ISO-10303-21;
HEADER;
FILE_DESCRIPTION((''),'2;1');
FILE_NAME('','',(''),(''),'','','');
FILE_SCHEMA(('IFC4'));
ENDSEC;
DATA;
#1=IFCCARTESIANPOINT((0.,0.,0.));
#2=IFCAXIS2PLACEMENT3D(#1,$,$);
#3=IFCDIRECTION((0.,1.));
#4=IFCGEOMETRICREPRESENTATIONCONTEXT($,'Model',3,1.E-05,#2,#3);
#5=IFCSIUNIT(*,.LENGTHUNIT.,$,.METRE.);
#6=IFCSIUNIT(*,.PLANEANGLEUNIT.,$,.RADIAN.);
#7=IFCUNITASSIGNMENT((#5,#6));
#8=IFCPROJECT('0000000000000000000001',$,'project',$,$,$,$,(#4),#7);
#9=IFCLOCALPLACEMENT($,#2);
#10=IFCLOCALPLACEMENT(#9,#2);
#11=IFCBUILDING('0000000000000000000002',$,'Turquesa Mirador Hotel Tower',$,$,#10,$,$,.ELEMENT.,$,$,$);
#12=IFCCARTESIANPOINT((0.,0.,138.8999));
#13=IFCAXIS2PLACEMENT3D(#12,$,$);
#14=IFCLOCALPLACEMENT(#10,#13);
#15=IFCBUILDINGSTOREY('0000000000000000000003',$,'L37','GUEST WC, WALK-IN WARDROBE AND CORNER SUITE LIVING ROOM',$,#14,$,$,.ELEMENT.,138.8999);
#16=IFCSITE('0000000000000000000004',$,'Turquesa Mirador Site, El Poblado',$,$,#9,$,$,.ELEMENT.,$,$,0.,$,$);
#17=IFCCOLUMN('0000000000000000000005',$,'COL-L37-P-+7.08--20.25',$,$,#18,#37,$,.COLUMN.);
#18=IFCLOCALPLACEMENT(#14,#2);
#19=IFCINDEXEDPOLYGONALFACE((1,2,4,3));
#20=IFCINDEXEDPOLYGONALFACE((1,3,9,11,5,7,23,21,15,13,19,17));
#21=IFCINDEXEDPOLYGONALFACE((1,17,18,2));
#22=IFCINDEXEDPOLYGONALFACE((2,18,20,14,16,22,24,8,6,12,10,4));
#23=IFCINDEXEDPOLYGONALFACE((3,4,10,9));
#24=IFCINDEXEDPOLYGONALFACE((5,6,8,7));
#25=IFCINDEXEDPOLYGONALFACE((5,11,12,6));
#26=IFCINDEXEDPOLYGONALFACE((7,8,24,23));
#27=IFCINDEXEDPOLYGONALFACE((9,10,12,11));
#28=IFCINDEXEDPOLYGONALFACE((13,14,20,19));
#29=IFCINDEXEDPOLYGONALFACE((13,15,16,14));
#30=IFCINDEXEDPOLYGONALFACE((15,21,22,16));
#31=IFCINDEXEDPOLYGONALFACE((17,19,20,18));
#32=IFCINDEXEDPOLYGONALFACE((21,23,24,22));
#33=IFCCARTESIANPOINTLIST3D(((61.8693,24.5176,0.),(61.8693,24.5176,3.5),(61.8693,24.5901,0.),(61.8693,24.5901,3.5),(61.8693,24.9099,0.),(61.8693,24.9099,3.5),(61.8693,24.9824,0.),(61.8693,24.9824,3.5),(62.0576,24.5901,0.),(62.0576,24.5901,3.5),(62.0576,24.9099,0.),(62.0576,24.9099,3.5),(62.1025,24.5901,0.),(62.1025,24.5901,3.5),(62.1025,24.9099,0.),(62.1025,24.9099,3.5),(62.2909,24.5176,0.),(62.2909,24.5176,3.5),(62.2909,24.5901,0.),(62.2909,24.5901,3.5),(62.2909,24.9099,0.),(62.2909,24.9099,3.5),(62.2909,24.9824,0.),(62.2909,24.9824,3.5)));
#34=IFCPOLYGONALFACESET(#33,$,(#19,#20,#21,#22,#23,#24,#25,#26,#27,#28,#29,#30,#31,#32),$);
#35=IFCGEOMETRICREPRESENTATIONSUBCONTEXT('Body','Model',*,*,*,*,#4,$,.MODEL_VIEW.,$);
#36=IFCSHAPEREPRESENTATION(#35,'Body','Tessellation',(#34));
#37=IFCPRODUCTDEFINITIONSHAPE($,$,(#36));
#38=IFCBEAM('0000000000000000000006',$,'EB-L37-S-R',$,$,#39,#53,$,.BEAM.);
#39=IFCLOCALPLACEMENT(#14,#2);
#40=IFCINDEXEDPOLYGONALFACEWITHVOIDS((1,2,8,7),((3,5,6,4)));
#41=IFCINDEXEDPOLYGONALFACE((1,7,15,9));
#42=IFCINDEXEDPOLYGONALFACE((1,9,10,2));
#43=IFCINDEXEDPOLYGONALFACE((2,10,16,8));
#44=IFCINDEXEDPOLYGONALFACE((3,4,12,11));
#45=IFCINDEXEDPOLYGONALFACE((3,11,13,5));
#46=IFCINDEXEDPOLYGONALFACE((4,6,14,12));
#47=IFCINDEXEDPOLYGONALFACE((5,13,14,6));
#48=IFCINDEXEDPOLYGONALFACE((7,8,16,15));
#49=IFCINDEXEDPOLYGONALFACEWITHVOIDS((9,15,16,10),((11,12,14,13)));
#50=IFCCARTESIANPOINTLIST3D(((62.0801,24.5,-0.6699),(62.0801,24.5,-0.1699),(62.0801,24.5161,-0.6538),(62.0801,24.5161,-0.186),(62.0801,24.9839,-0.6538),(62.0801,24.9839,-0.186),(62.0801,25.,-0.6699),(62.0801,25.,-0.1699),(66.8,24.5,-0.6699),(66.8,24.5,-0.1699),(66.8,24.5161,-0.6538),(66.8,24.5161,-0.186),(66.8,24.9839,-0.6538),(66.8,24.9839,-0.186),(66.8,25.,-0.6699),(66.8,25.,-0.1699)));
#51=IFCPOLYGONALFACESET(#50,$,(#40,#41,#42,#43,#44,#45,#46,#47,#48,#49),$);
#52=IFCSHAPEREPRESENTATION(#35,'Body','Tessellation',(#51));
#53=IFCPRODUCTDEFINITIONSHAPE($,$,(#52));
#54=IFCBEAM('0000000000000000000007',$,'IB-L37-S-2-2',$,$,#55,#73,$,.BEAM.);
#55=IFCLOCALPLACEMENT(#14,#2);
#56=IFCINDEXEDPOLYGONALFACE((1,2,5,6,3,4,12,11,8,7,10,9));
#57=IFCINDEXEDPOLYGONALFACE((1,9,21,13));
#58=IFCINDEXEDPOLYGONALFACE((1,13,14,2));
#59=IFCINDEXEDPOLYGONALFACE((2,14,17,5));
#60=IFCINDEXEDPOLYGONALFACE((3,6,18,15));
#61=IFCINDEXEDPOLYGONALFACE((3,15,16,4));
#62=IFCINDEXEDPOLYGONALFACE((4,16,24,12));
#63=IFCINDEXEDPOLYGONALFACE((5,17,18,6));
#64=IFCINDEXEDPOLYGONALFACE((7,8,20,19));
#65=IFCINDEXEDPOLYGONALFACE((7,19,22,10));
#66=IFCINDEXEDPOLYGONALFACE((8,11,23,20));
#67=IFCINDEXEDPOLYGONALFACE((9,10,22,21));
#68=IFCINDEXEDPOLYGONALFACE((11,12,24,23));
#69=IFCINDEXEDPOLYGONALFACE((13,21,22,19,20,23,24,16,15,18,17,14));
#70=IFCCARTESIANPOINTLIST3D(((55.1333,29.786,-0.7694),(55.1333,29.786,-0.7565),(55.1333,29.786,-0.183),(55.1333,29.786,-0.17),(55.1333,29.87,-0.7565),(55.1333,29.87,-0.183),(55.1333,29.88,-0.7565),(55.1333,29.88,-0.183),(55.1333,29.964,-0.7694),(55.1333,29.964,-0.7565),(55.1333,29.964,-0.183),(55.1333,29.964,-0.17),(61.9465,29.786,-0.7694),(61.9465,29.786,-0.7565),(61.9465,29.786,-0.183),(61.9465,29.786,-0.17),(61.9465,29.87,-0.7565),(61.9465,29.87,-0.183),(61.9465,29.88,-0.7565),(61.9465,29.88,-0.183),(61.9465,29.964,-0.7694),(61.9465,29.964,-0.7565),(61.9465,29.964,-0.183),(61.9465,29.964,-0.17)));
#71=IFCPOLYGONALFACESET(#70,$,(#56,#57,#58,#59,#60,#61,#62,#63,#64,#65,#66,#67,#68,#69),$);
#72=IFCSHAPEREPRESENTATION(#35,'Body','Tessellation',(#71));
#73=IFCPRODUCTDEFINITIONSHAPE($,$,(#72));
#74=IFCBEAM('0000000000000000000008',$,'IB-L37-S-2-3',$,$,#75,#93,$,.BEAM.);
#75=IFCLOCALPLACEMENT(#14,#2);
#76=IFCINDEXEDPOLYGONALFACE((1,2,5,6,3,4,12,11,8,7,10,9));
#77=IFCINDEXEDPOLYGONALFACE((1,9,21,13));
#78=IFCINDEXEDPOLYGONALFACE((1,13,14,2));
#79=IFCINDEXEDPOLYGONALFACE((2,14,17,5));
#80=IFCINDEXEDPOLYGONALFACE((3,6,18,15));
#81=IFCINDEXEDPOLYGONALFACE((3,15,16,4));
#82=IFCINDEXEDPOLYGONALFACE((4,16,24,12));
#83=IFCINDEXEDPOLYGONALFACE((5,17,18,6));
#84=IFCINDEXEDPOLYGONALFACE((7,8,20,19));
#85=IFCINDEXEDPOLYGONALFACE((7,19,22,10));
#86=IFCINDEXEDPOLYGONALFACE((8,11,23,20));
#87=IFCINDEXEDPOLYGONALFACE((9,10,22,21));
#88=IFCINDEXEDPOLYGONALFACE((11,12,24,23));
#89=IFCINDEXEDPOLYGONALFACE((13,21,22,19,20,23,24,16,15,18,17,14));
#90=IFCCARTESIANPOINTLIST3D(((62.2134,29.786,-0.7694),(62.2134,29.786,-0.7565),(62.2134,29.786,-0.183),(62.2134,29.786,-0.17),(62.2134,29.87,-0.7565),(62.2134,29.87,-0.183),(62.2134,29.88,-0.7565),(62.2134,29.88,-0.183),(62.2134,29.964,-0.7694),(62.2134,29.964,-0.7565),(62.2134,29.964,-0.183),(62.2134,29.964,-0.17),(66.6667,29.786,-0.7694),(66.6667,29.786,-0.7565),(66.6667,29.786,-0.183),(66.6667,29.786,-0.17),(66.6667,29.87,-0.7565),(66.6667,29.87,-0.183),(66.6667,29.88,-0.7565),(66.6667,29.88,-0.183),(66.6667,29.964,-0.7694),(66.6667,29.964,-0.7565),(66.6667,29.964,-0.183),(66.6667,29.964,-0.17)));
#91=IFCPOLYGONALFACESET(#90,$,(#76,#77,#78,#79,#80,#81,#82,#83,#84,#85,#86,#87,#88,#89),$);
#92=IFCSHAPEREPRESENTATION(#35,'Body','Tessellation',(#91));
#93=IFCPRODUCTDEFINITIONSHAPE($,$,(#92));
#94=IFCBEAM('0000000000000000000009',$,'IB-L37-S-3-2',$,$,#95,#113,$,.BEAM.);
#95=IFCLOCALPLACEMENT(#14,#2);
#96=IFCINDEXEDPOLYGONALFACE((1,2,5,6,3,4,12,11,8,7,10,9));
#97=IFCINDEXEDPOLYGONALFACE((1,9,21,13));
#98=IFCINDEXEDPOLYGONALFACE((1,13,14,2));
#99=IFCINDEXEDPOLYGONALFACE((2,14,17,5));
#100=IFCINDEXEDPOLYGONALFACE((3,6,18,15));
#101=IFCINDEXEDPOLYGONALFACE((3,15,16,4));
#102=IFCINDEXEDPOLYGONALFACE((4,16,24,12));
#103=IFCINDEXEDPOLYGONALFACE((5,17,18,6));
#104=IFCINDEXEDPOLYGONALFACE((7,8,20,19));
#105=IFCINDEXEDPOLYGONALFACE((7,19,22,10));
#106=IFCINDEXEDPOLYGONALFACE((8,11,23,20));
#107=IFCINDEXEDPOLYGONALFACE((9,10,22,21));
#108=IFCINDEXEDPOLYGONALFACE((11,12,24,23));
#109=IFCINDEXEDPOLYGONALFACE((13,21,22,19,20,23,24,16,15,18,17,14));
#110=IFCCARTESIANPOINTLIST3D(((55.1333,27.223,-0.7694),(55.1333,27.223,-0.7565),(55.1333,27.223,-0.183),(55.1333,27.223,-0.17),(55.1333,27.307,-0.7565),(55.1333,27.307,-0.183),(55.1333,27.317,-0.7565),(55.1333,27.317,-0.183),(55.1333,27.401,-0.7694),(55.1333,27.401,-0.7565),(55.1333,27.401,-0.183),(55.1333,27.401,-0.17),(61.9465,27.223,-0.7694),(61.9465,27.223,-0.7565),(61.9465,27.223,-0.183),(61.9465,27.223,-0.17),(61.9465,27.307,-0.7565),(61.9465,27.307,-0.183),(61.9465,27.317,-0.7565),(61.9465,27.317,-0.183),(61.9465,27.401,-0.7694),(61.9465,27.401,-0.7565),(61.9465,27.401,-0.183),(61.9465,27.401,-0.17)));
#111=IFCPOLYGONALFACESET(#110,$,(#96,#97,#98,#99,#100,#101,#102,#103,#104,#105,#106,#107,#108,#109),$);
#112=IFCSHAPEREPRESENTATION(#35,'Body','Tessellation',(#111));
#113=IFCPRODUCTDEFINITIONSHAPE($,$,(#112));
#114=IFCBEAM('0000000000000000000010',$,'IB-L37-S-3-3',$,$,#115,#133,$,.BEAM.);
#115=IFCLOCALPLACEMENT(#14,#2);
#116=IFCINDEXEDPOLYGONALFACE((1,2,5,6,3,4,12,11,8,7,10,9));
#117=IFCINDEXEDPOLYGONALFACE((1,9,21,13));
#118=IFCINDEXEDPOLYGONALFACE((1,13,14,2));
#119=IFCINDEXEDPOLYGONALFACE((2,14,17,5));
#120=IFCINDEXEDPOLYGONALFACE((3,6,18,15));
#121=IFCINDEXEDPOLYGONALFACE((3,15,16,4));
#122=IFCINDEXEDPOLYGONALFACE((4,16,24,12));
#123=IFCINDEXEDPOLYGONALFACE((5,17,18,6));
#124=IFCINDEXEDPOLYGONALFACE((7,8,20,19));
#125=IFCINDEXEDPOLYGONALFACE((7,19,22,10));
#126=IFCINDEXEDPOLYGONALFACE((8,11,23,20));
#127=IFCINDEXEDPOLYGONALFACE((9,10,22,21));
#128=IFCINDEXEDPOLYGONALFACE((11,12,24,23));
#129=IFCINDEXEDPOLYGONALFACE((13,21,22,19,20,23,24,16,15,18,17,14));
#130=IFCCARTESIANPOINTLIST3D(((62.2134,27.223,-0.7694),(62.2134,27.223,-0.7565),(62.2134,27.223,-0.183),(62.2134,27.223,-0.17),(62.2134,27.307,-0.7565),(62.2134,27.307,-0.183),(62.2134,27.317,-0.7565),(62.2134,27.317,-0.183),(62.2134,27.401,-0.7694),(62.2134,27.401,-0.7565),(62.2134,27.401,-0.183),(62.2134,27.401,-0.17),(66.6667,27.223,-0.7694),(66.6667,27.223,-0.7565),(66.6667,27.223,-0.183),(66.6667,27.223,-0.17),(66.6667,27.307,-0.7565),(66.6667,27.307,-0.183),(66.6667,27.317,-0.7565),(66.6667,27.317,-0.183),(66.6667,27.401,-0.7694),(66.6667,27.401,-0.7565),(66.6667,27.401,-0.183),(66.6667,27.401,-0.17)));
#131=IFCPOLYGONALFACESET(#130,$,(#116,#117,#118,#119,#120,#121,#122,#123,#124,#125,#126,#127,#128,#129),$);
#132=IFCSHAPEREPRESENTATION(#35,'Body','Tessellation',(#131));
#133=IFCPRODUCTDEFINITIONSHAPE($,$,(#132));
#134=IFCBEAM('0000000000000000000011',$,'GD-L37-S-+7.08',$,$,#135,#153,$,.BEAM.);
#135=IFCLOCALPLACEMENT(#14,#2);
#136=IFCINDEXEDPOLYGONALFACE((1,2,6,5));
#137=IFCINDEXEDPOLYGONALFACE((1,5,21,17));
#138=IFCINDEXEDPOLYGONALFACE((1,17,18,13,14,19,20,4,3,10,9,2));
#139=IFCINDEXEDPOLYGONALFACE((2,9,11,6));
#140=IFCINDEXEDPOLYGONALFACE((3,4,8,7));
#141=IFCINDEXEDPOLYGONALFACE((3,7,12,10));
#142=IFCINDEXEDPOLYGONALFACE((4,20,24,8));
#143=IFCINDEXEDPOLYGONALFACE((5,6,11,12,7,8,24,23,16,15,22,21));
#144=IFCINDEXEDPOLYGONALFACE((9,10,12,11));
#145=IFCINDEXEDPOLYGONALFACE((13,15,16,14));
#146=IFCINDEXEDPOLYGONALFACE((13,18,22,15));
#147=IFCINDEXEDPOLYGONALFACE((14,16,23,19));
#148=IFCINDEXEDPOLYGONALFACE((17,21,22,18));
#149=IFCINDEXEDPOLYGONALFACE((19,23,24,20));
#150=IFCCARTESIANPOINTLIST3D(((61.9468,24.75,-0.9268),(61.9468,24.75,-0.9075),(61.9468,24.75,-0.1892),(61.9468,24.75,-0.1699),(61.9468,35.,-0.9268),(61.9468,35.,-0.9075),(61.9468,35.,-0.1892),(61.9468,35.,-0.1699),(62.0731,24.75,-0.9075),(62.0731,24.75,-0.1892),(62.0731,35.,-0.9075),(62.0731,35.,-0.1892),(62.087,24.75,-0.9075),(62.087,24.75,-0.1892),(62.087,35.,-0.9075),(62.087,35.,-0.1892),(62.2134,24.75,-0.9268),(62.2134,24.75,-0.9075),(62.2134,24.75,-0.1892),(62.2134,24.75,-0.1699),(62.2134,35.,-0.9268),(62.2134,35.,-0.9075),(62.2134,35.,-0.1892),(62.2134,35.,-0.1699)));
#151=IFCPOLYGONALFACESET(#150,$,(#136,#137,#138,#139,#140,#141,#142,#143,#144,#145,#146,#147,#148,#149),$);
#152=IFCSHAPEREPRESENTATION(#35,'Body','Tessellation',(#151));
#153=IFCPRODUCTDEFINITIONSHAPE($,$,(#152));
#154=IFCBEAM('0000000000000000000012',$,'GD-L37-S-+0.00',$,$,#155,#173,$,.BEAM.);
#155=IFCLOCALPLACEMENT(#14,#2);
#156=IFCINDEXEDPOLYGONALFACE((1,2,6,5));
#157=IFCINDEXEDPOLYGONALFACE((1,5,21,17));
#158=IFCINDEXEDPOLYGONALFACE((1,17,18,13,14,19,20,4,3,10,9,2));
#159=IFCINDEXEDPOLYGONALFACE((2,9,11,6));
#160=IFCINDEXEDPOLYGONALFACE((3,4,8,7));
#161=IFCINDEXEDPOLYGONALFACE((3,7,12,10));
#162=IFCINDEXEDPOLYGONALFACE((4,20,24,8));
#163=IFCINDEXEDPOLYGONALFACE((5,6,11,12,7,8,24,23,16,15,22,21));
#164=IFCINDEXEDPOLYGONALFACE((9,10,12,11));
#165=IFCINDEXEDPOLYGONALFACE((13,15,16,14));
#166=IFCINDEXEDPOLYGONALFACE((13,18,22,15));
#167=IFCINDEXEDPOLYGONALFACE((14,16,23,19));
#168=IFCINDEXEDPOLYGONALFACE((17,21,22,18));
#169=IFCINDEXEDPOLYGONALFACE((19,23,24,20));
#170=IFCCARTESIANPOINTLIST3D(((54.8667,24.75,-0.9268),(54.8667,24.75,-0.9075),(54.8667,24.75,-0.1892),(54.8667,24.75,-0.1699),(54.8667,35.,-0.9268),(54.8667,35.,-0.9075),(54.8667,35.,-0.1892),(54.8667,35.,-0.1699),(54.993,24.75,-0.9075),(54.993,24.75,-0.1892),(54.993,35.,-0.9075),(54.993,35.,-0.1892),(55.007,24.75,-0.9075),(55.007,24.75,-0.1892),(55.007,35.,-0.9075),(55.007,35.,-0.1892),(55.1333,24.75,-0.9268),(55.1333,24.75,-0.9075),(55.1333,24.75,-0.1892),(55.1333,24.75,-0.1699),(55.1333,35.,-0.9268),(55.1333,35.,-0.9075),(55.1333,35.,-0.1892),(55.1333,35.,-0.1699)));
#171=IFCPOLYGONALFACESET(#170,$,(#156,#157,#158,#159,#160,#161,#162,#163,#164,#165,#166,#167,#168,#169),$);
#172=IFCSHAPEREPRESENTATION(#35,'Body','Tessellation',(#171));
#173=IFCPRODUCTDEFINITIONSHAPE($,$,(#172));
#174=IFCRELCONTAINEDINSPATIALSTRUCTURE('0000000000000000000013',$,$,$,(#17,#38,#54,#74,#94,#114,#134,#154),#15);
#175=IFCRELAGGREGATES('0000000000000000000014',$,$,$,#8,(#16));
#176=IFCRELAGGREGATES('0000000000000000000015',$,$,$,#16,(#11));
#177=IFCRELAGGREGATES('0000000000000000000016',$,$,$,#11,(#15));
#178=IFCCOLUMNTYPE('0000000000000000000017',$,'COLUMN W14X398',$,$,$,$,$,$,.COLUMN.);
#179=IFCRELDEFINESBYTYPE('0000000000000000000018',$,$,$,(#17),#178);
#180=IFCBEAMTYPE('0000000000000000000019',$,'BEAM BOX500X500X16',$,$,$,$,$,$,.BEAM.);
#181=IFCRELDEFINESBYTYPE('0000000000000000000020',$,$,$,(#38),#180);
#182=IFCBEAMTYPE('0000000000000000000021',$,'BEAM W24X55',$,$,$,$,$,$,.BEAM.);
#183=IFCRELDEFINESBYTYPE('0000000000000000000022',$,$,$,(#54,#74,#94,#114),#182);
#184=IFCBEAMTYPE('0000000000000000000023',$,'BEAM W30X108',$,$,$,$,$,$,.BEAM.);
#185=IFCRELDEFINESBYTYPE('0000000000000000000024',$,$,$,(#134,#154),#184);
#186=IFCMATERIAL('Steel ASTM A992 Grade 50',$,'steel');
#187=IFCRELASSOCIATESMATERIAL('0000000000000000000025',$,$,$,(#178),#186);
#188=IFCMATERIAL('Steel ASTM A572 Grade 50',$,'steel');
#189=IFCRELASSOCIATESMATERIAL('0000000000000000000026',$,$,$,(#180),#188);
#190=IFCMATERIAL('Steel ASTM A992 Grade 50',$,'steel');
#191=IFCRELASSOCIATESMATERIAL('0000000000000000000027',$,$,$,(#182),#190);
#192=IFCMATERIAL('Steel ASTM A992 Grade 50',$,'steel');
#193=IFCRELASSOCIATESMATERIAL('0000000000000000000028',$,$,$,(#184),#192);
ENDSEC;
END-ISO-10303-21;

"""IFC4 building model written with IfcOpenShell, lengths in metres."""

from ifc_helpers import new_model, si_unit, direction, frame, origin, origin_2d, place, context, subcontext, project, spatial, hollow_rectangle, i_section, extrude, material, material_profile, profile_set, type_object, element, save


model = new_model("IFC4")

# Units and contexts
model_context = context("Model", 3, precision=1e-05, world=origin(), true_north=direction((0.0, 1.0)))
body_context = subcontext(model_context, "Body", "Model", "MODEL_VIEW")
ifc_project = project(units=[si_unit("LENGTHUNIT", "METRE"), si_unit("PLANEANGLEUNIT", "RADIAN")], contexts=[model_context])

# Site, building, storey
site_placement = place(None, origin())
site = spatial("IfcSite", under=ifc_project, at=site_placement, Name="Turquesa Mirador Site, El Poblado", CompositionType="ELEMENT", RefElevation=0.0)
building_placement = place(site_placement, origin())
building = spatial("IfcBuilding", under=site, at=building_placement, Name="Turquesa Mirador Hotel Tower", CompositionType="ELEMENT")
storey_placement = place(building_placement, frame((0.0, 0.0, 138.8999)))
storey = spatial("IfcBuildingStorey", under=building, at=storey_placement, Name="L37", Description="GUEST WC, WALK-IN WARDROBE AND CORNER SUITE LIVING ROOM", CompositionType="ELEMENT", Elevation=138.8999)

# Column
ifc_material_1 = material(Name="Steel ASTM A992 Grade 50", Category="steel")
ifc_material_profile_1 = material_profile(ifc_material_1, i_section(OverallWidth=0.4216, OverallDepth=0.4648, WebThickness=0.0449, FlangeThickness=0.0725, at=origin_2d()), Name="W14X398")
ifc_profile_set_1 = profile_set([ifc_material_profile_1], Name="Steel ASTM A992 Grade 50")
column_type = type_object("IfcColumnType", Name="COLUMN W14X398", PredefinedType="COLUMN", material=ifc_profile_set_1)
column_placement = place(storey_placement, frame((62.0801, 24.75, 0.0), z_axis=(0.0, 0.0, 1.0), x_axis=(1.0, 0.0, 0.0)))
element("IfcColumn", 1, at=column_placement, inside=storey, type_object=column_type, Name="COL-L37-P-+7.08--20.25", PredefinedType="COLUMN", context=body_context, shape_type="SweptSolid", body=[
    extrude(i_section(OverallWidth=0.4216, OverallDepth=0.4648, WebThickness=0.0449, FlangeThickness=0.0725, at=origin_2d()), origin(), (0.0, 0.0, 1.0), 3.5),
])

# Beams
ifc_material_2 = material(Name="Steel ASTM A572 Grade 50", Category="steel")
ifc_material_profile_2 = material_profile(ifc_material_2, hollow_rectangle(XDim=0.5, YDim=0.5, WallThickness=0.0161, at=origin_2d()), Name="BOX500X500X16")
ifc_profile_set_2 = profile_set([ifc_material_profile_2], Name="Steel ASTM A572 Grade 50")
beam_type_1 = type_object("IfcBeamType", Name="BEAM BOX500X500X16", PredefinedType="BEAM", material=ifc_profile_set_2)
beam_1_placement = place(storey_placement, frame((62.0801, 24.75, -0.4199), z_axis=(1.0, 0.0, 0.0), x_axis=(0.0, 1.0, 0.0)))
element("IfcBeam", 2, at=beam_1_placement, inside=storey, type_object=beam_type_1, Name="EB-L37-S-R", PredefinedType="BEAM", context=body_context, shape_type="SweptSolid", body=[
    extrude(hollow_rectangle(XDim=0.5, YDim=0.5, WallThickness=0.0161, at=origin_2d()), origin(), (0.0, 0.0, 1.0), 4.72),
])
ifc_material_3 = material(Name="Steel ASTM A992 Grade 50", Category="steel")
ifc_material_profile_3 = material_profile(ifc_material_3, i_section(OverallWidth=0.178, OverallDepth=0.5994, WebThickness=0.01, FlangeThickness=0.0129, at=origin_2d()), Name="W24X55")
ifc_profile_set_3 = profile_set([ifc_material_profile_3], Name="Steel ASTM A992 Grade 50")
beam_type_2 = type_object("IfcBeamType", Name="BEAM W24X55", PredefinedType="BEAM", material=ifc_profile_set_3)
beam_2_placement = place(storey_placement, frame((55.1333, 29.875, -0.4697), z_axis=(1.0, 0.0, 0.0), x_axis=(0.0, 1.0, 0.0)))
element("IfcBeam", 3, at=beam_2_placement, inside=storey, type_object=beam_type_2, Name="IB-L37-S-2-2", PredefinedType="BEAM", context=body_context, shape_type="SweptSolid", body=[
    extrude(i_section(OverallWidth=0.178, OverallDepth=0.5994, WebThickness=0.01, FlangeThickness=0.0129, at=origin_2d()), origin(), (0.0, 0.0, 1.0), 6.8132),
])
beam_3_placement = place(storey_placement, frame((62.2134, 29.875, -0.4697), z_axis=(1.0, 0.0, 0.0), x_axis=(0.0, 1.0, 0.0)))
element("IfcBeam", 4, at=beam_3_placement, inside=storey, type_object=beam_type_2, Name="IB-L37-S-2-3", PredefinedType="BEAM", context=body_context, shape_type="SweptSolid", body=[
    extrude(i_section(OverallWidth=0.178, OverallDepth=0.5994, WebThickness=0.01, FlangeThickness=0.0129, at=origin_2d()), origin(), (0.0, 0.0, 1.0), 4.4534),
])
beam_4_placement = place(storey_placement, frame((55.1333, 27.312, -0.4697), z_axis=(1.0, 0.0, 0.0), x_axis=(0.0, 1.0, 0.0)))
element("IfcBeam", 5, at=beam_4_placement, inside=storey, type_object=beam_type_2, Name="IB-L37-S-3-2", PredefinedType="BEAM", context=body_context, shape_type="SweptSolid", body=[
    extrude(i_section(OverallWidth=0.178, OverallDepth=0.5994, WebThickness=0.01, FlangeThickness=0.0129, at=origin_2d()), origin(), (0.0, 0.0, 1.0), 6.8132),
])
beam_5_placement = place(storey_placement, frame((62.2134, 27.312, -0.4697), z_axis=(1.0, 0.0, 0.0), x_axis=(0.0, 1.0, 0.0)))
element("IfcBeam", 6, at=beam_5_placement, inside=storey, type_object=beam_type_2, Name="IB-L37-S-3-3", PredefinedType="BEAM", context=body_context, shape_type="SweptSolid", body=[
    extrude(i_section(OverallWidth=0.178, OverallDepth=0.5994, WebThickness=0.01, FlangeThickness=0.0129, at=origin_2d()), origin(), (0.0, 0.0, 1.0), 4.4534),
])
ifc_material_4 = material(Name="Steel ASTM A992 Grade 50", Category="steel")
ifc_material_profile_4 = material_profile(ifc_material_4, i_section(OverallWidth=0.2666, OverallDepth=0.7568, WebThickness=0.0139, FlangeThickness=0.0193, at=origin_2d()), Name="W30X108")
ifc_profile_set_4 = profile_set([ifc_material_profile_4], Name="Steel ASTM A992 Grade 50")
beam_type_3 = type_object("IfcBeamType", Name="BEAM W30X108", PredefinedType="BEAM", material=ifc_profile_set_4)
for number, where, z_axis, x_axis, name in (
    (7, (62.0801, 24.75, -0.5483), (0.0, 1.0, 0.0), (-1.0, 0.0, 0.0), "GD-L37-S-+7.08"),
    (8, (55.0, 24.75, -0.5483), (0.0, 1.0, 0.0), (-1.0, 0.0, 0.0), "GD-L37-S-+0.00"),
):
    element("IfcBeam", number, at=place(storey_placement, frame(where, z_axis=z_axis, x_axis=x_axis)), inside=storey, type_object=beam_type_3, Name=name, PredefinedType="BEAM", context=body_context, shape_type="SweptSolid", body=[
        extrude(i_section(OverallWidth=0.2666, OverallDepth=0.7568, WebThickness=0.0139, FlangeThickness=0.0193, at=origin_2d()), origin(), (0.0, 0.0, 1.0), 10.25),
    ])

save(model, "model.ifc")
